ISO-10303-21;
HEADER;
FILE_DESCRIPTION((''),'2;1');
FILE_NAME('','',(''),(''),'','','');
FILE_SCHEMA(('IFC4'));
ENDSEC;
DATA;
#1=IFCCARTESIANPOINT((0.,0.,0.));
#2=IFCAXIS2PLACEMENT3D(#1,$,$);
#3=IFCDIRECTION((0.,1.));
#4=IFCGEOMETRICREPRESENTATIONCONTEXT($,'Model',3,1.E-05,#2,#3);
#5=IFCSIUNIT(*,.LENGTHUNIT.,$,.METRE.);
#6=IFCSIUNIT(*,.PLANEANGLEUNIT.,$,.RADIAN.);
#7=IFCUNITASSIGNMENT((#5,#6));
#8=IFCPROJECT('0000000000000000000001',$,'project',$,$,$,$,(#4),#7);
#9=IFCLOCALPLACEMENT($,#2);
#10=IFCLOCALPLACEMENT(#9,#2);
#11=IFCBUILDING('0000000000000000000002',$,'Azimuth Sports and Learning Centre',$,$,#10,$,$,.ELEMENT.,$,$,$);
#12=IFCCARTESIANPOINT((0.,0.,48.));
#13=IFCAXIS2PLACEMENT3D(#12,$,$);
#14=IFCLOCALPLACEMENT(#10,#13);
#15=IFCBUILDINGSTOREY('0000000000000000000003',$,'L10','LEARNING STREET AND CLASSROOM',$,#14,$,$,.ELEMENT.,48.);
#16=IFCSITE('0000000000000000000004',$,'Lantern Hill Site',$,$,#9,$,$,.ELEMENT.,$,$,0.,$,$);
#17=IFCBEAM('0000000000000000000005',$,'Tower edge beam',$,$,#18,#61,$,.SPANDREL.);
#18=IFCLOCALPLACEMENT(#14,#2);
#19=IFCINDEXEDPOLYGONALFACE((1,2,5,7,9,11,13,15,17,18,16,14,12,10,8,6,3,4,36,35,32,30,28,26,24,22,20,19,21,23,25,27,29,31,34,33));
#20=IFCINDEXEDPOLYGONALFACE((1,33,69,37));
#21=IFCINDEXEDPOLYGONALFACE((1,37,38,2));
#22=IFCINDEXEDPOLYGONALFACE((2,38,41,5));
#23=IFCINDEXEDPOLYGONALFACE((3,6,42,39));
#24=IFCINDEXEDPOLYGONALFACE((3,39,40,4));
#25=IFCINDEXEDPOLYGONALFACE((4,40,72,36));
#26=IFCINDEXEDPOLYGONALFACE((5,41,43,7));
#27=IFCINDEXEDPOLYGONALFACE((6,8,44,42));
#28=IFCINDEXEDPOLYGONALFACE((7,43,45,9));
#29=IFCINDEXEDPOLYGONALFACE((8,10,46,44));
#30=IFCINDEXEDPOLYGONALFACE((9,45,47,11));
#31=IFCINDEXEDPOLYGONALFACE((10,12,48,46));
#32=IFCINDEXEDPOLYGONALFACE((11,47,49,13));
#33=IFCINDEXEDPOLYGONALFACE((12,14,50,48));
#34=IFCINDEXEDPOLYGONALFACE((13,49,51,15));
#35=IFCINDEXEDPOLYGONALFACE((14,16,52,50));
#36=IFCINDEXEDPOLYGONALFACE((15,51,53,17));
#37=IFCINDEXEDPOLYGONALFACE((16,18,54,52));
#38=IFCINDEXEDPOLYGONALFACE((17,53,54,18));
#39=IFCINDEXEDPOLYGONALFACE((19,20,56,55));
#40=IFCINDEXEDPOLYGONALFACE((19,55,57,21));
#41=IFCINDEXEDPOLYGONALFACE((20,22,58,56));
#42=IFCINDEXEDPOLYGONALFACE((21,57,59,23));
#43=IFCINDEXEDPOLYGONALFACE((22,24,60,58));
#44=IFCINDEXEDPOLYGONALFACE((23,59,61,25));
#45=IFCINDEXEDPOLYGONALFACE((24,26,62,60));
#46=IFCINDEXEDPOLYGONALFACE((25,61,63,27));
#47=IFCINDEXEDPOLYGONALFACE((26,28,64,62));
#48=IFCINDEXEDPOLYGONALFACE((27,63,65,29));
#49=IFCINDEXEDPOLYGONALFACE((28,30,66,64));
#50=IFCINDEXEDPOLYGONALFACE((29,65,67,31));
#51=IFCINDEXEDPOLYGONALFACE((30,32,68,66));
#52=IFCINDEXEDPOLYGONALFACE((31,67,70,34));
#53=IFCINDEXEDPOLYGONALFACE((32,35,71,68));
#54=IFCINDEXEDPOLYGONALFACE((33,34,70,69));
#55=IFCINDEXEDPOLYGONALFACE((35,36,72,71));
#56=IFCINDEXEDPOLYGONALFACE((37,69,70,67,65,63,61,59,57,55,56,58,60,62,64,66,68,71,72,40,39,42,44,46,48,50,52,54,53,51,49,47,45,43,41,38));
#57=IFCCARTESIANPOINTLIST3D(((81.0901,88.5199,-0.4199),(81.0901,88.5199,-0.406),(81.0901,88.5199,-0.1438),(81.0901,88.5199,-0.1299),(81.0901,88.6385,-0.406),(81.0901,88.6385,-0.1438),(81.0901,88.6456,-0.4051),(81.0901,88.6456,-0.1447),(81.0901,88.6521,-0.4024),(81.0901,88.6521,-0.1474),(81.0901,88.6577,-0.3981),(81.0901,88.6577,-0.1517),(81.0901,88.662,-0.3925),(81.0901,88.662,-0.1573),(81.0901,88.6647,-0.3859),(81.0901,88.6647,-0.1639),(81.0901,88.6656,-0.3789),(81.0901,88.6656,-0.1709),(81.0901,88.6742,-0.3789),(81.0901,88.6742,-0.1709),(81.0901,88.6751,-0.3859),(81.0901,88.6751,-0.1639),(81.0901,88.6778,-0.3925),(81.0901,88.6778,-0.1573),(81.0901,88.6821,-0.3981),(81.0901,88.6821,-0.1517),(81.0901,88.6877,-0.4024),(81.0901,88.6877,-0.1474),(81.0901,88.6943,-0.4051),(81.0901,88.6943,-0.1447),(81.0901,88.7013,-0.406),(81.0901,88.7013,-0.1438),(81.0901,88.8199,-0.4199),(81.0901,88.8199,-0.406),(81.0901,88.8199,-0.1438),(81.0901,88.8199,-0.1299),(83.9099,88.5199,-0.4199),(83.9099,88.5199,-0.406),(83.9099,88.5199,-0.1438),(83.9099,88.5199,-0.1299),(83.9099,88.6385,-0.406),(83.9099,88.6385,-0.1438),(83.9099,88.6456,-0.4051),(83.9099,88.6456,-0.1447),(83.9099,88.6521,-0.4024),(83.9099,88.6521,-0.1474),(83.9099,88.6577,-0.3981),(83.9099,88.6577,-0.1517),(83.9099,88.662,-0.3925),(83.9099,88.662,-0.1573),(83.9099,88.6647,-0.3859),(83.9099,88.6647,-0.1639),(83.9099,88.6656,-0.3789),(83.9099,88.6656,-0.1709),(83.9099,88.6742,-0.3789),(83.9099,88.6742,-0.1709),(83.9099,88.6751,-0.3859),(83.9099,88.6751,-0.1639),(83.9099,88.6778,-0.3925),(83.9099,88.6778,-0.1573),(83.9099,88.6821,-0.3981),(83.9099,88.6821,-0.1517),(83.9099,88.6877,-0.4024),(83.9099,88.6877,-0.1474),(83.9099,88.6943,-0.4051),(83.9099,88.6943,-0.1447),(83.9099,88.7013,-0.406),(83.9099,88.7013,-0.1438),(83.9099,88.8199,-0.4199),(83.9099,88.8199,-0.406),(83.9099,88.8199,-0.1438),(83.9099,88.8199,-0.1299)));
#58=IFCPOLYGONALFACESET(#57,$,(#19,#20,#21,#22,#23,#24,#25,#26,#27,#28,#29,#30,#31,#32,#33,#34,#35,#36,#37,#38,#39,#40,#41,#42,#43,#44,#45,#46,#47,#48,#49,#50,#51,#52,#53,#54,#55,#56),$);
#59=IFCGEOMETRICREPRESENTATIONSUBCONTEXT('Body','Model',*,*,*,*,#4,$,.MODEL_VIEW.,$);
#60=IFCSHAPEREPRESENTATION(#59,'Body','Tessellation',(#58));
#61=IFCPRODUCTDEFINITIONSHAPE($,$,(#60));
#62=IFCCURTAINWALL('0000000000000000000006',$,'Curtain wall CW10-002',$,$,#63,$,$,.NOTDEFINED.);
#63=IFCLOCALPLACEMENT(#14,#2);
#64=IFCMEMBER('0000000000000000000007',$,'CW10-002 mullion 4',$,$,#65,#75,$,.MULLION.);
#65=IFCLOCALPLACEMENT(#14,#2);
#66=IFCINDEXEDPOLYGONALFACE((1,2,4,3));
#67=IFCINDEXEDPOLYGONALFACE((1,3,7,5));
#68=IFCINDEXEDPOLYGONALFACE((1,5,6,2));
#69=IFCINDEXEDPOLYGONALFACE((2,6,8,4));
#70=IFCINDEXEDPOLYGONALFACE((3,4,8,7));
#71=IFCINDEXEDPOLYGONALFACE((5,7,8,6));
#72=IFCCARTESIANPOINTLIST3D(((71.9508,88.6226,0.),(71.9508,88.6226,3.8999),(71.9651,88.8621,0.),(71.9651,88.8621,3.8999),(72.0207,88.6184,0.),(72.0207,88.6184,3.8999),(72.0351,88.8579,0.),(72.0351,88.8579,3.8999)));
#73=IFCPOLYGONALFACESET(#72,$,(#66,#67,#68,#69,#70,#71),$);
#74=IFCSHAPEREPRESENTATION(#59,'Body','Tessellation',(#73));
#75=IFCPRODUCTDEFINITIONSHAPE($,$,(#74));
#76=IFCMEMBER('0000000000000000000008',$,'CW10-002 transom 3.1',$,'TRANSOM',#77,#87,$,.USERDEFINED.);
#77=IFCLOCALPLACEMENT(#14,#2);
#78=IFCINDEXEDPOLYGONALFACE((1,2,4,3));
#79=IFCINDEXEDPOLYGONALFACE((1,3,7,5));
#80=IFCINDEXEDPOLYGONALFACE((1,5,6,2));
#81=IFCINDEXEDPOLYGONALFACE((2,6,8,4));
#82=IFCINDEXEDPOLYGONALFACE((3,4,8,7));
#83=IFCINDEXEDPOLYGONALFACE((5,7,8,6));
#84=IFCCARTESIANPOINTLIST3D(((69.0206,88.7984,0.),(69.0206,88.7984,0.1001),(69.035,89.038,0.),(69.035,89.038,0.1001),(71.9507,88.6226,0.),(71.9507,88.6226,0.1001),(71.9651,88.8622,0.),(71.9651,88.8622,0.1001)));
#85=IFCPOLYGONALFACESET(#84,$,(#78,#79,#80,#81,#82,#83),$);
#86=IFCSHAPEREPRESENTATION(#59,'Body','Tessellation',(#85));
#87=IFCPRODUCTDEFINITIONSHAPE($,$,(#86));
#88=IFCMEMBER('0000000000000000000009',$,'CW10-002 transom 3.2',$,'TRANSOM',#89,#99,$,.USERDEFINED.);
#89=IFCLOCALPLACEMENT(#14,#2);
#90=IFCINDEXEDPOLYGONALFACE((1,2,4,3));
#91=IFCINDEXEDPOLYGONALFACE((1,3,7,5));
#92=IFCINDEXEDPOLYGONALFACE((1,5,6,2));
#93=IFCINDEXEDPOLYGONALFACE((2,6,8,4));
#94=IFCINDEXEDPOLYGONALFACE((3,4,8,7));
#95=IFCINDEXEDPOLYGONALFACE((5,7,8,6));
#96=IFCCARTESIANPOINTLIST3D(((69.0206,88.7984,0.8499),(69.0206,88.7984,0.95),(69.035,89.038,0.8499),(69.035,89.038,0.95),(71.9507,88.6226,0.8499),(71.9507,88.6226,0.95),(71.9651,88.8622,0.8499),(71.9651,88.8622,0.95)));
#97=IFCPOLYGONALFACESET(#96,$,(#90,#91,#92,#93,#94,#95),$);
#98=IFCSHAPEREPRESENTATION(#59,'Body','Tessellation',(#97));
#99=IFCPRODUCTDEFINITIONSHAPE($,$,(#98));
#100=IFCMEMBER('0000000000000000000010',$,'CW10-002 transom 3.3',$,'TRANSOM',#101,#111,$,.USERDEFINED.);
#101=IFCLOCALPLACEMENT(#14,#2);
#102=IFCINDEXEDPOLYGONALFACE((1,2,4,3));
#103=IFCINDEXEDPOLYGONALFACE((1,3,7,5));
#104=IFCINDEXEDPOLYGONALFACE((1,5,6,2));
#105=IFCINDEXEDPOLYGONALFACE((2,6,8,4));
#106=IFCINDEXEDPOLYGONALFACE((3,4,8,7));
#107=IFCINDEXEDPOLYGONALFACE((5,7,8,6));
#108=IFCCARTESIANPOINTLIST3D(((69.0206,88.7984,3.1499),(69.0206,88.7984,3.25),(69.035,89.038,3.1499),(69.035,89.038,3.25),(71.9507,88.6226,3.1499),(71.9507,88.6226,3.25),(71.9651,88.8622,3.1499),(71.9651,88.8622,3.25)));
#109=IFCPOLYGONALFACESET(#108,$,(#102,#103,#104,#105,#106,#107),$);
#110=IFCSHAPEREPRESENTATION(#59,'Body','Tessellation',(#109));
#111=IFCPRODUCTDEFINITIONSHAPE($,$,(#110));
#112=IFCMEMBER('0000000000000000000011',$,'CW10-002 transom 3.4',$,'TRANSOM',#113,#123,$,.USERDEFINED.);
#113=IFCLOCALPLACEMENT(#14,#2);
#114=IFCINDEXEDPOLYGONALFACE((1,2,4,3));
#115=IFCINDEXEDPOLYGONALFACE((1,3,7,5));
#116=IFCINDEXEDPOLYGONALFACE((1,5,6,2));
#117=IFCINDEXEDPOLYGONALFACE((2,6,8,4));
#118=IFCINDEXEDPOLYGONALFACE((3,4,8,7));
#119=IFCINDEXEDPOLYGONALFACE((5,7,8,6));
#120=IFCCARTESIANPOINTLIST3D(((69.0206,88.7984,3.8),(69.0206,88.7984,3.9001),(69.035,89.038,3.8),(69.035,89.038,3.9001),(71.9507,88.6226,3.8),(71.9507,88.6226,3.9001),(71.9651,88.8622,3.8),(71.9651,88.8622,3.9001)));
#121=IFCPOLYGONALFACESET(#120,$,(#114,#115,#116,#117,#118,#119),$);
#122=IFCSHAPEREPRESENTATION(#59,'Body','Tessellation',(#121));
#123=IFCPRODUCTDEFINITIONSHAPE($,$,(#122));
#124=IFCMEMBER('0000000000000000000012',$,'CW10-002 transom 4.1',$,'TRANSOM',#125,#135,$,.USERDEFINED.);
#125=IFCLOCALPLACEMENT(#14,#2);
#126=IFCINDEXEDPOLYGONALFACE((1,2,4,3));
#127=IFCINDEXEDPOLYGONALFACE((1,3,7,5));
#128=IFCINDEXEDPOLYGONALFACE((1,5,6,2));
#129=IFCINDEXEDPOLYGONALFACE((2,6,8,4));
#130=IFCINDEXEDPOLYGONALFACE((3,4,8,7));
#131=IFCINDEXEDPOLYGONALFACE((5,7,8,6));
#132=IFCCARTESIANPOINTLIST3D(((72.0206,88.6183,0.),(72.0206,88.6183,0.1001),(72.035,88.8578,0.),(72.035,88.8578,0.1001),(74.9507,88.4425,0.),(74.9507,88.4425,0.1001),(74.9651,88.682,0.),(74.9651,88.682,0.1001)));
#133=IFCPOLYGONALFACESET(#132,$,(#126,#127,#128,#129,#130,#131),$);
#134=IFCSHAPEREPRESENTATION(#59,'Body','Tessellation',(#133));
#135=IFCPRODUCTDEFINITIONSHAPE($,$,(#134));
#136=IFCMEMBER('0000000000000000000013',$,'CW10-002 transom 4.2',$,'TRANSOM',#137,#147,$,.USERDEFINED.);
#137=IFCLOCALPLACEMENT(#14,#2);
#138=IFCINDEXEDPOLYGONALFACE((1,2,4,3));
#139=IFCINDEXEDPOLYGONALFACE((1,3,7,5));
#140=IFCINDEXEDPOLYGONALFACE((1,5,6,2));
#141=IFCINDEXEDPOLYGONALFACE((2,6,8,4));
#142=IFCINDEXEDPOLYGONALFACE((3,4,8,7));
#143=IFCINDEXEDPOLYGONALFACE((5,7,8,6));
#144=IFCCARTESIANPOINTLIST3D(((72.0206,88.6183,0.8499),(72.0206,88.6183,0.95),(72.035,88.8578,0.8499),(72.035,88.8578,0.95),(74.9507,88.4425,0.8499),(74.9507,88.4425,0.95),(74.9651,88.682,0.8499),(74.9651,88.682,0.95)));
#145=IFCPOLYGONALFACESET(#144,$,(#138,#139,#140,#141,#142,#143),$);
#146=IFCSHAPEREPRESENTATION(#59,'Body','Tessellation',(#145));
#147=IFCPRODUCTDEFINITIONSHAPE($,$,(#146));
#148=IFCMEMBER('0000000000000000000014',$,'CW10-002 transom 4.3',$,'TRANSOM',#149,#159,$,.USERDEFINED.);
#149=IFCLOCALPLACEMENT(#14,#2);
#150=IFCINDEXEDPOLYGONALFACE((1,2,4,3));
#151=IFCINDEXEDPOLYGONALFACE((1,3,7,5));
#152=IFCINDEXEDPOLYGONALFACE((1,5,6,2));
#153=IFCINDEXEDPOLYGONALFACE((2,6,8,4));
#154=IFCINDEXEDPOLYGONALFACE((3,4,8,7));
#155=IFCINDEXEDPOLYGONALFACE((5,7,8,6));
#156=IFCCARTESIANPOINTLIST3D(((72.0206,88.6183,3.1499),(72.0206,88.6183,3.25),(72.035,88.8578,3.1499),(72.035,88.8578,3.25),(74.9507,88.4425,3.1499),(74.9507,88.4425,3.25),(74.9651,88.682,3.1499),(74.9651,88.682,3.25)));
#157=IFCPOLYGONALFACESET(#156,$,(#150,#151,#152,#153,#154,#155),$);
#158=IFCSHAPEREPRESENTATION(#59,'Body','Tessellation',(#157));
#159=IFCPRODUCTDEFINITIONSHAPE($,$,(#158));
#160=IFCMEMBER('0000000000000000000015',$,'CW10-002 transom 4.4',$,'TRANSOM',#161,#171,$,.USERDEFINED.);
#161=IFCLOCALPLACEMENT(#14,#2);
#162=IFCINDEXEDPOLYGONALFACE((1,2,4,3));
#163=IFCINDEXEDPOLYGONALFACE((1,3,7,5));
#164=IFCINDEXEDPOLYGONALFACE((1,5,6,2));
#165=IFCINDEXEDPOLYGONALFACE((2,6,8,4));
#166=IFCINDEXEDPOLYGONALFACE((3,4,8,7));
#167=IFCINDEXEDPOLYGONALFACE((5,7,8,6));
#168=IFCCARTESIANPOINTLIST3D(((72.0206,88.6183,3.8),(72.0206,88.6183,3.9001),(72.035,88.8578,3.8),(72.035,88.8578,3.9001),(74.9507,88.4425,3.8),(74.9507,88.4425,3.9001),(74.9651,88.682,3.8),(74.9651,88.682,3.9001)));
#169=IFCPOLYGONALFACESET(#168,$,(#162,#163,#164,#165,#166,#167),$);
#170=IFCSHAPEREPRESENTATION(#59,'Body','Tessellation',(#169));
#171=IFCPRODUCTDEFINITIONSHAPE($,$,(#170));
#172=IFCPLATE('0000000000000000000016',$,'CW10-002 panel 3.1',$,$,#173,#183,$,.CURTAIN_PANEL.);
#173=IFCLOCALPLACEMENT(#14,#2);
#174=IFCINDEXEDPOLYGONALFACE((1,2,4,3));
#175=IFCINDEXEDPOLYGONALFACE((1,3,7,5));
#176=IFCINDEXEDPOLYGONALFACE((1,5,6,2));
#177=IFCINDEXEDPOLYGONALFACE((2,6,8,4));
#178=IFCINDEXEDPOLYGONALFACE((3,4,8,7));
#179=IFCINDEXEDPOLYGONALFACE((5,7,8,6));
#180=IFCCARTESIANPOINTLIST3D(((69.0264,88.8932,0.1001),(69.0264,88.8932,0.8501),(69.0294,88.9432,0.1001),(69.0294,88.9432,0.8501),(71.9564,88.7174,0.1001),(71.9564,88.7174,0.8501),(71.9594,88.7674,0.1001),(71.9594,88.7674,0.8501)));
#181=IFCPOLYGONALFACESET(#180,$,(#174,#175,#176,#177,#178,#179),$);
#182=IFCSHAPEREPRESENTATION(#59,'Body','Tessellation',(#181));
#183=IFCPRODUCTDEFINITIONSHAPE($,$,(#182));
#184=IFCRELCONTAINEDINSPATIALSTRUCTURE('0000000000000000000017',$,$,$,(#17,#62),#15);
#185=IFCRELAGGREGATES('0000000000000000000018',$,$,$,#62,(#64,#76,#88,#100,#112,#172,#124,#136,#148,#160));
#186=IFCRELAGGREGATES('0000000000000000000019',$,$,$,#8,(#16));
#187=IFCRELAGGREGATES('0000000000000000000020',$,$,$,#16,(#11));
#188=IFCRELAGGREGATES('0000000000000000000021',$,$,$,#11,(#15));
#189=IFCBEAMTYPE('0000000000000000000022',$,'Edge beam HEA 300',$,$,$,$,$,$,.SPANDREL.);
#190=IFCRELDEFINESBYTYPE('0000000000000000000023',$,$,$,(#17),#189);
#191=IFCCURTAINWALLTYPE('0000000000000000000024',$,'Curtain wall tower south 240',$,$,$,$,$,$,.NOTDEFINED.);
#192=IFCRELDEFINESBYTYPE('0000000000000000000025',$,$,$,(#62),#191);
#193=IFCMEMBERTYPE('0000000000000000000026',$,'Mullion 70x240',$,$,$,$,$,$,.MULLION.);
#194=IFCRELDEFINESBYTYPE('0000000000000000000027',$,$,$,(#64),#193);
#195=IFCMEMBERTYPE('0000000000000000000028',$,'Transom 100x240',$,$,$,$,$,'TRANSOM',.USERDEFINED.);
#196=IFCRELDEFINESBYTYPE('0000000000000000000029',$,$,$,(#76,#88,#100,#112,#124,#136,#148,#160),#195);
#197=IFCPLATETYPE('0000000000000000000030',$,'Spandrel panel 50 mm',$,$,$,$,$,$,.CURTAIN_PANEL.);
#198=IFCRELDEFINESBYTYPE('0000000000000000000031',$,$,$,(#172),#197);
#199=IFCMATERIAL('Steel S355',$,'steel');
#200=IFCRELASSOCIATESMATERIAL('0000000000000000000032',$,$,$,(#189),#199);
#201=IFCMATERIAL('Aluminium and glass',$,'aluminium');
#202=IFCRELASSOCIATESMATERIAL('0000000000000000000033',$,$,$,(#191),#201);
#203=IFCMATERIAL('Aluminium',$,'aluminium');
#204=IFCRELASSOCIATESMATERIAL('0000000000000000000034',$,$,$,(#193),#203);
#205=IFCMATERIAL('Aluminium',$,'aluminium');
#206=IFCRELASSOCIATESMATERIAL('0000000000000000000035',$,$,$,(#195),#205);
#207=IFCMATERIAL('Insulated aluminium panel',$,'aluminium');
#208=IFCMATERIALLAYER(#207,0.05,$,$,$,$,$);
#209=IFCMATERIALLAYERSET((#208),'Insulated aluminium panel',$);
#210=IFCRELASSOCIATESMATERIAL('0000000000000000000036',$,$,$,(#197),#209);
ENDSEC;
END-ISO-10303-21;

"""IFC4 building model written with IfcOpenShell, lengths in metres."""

from ifc_helpers import new_model, si_unit, direction, frame, origin, origin_2d, place, context, subcontext, project, spatial, rectangle, i_section, extrude, material, layer, layer_set, material_profile, profile_set, type_object, element, aggregate, save


model = new_model("IFC4")

# Units and contexts
model_context = context("Model", 3, precision=1e-05, world=origin(), true_north=direction((0.0, 1.0)))
body_context = subcontext(model_context, "Body", "Model", "MODEL_VIEW")
ifc_project = project(units=[si_unit("LENGTHUNIT", "METRE"), si_unit("PLANEANGLEUNIT", "RADIAN")], contexts=[model_context])

# Site, building, storey
site_placement = place(None, origin())
site = spatial("IfcSite", under=ifc_project, at=site_placement, Name="Lantern Hill Site", CompositionType="ELEMENT", RefElevation=0.0)
building_placement = place(site_placement, origin())
building = spatial("IfcBuilding", under=site, at=building_placement, Name="Azimuth Sports and Learning Centre", CompositionType="ELEMENT")
storey_placement = place(building_placement, frame((0.0, 0.0, 48.0)))
storey = spatial("IfcBuildingStorey", under=building, at=storey_placement, Name="L10", Description="LEARNING STREET AND CLASSROOM", CompositionType="ELEMENT", Elevation=48.0)

# Beam
ifc_material_1 = material(Name="Steel S355", Category="steel")
ifc_material_profile_1 = material_profile(ifc_material_1, i_section(OverallWidth=0.3, OverallDepth=0.29, WebThickness=0.0085, FlangeThickness=0.0139, FilletRadius=0.0271, at=origin_2d()), Name="HEA 300")
ifc_profile_set_1 = profile_set([ifc_material_profile_1], Name="Steel S355")
beam_type = type_object("IfcBeamType", Name="Edge beam HEA 300", PredefinedType="SPANDREL", material=ifc_profile_set_1)
for number, where, z_axis, x_axis, name in (
    (1, (81.0901, 88.6699, -0.2749), (1.0, 0.0, 0.0), (0.0, 1.0, 0.0), "Tower edge beam"),
):
    element("IfcBeam", number, at=place(storey_placement, frame(where, z_axis=z_axis, x_axis=x_axis)), inside=storey, type_object=beam_type, Name=name, PredefinedType="SPANDREL", context=body_context, shape_type="SweptSolid", body=[
        extrude(i_section(OverallWidth=0.3, OverallDepth=0.29, WebThickness=0.0085, FlangeThickness=0.0139, FilletRadius=0.0271, at=origin_2d()), origin(), (0.0, 0.0, 1.0), 2.8198),
    ])

# Curtain wall, members, plate
ifc_material_2 = material(Name="Aluminium and glass", Category="aluminium")
curtain_wall_type = type_object("IfcCurtainWallType", Name="Curtain wall tower south 240", PredefinedType="NOTDEFINED", material=ifc_material_2)
curtain_wall_placement = place(storey_placement, origin())
curtain_wall = element("IfcCurtainWall", 2, at=curtain_wall_placement, inside=storey, type_object=curtain_wall_type, Name="Curtain wall CW10-002", PredefinedType="NOTDEFINED")
ifc_material_3 = material(Name="Aluminium", Category="aluminium")
ifc_material_profile_2 = material_profile(ifc_material_3, rectangle(XDim=0.24, YDim=0.0701, at=origin_2d()), Name="Mullion 70x240")
ifc_profile_set_2 = profile_set([ifc_material_profile_2], Name="Aluminium")
member_type_1 = type_object("IfcMemberType", Name="Mullion 70x240", PredefinedType="MULLION", material=ifc_profile_set_2)
member_1_placement = place(storey_placement, frame((71.9929, 88.7402, 0.0), z_axis=(0.0, 0.0, 1.0), x_axis=(0.059892, 0.998205, 0.0)))
member_1 = element("IfcMember", 3, at=member_1_placement, type_object=member_type_1, Name="CW10-002 mullion 4", PredefinedType="MULLION", context=body_context, shape_type="SweptSolid", body=[
    extrude(rectangle(XDim=0.24, YDim=0.0701, at=origin_2d()), origin(), (0.0, 0.0, 1.0), 3.8999),
])
ifc_material_4 = material(Name="Aluminium", Category="aluminium")
ifc_material_profile_3 = material_profile(ifc_material_4, rectangle(XDim=0.24, YDim=0.1001, at=origin_2d()), Name="Transom 100x240")
ifc_profile_set_3 = profile_set([ifc_material_profile_3], Name="Aluminium")
member_type_2 = type_object("IfcMemberType", Name="Transom 100x240", ElementType="TRANSOM", PredefinedType="USERDEFINED", material=ifc_profile_set_3)
member_2_placement = place(storey_placement, frame((69.0278, 88.9182, 0.05), z_axis=(0.998205, -0.059887, 0.0), x_axis=(0.059887, 0.998205, 0.0)))
member_2 = element("IfcMember", 4, at=member_2_placement, type_object=member_type_2, Name="CW10-002 transom 3.1", ObjectType="TRANSOM", PredefinedType="USERDEFINED", context=body_context, shape_type="SweptSolid", body=[
    extrude(rectangle(XDim=0.24, YDim=0.1001, at=origin_2d()), origin(), (0.0, 0.0, 1.0), 2.9353),
])
member_3_placement = place(storey_placement, frame((69.0278, 88.9182, 0.8999), z_axis=(0.998205, -0.059887, 0.0), x_axis=(0.059887, 0.998205, 0.0)))
member_3 = element("IfcMember", 5, at=member_3_placement, type_object=member_type_2, Name="CW10-002 transom 3.2", ObjectType="TRANSOM", PredefinedType="USERDEFINED", context=body_context, shape_type="SweptSolid", body=[
    extrude(rectangle(XDim=0.24, YDim=0.1001, at=origin_2d()), origin(), (0.0, 0.0, 1.0), 2.9353),
])
member_4_placement = place(storey_placement, frame((69.0278, 88.9182, 3.2), z_axis=(0.998205, -0.059887, 0.0), x_axis=(0.059887, 0.998205, 0.0)))
member_4 = element("IfcMember", 6, at=member_4_placement, type_object=member_type_2, Name="CW10-002 transom 3.3", ObjectType="TRANSOM", PredefinedType="USERDEFINED", context=body_context, shape_type="SweptSolid", body=[
    extrude(rectangle(XDim=0.24, YDim=0.1001, at=origin_2d()), origin(), (0.0, 0.0, 1.0), 2.9353),
])
member_5_placement = place(storey_placement, frame((69.0278, 88.9182, 3.8501), z_axis=(0.998205, -0.059887, 0.0), x_axis=(0.059887, 0.998205, 0.0)))
member_5 = element("IfcMember", 7, at=member_5_placement, type_object=member_type_2, Name="CW10-002 transom 3.4", ObjectType="TRANSOM", PredefinedType="USERDEFINED", context=body_context, shape_type="SweptSolid", body=[
    extrude(rectangle(XDim=0.24, YDim=0.1001, at=origin_2d()), origin(), (0.0, 0.0, 1.0), 2.9353),
])
member_6_placement = place(storey_placement, frame((72.0278, 88.738, 0.05), z_axis=(0.998205, -0.059887, 0.0), x_axis=(0.059887, 0.998205, 0.0)))
member_6 = element("IfcMember", 8, at=member_6_placement, type_object=member_type_2, Name="CW10-002 transom 4.1", ObjectType="TRANSOM", PredefinedType="USERDEFINED", context=body_context, shape_type="SweptSolid", body=[
    extrude(rectangle(XDim=0.24, YDim=0.1001, at=origin_2d()), origin(), (0.0, 0.0, 1.0), 2.9353),
])
member_7_placement = place(storey_placement, frame((72.0278, 88.738, 0.8999), z_axis=(0.998205, -0.059887, 0.0), x_axis=(0.059887, 0.998205, 0.0)))
member_7 = element("IfcMember", 9, at=member_7_placement, type_object=member_type_2, Name="CW10-002 transom 4.2", ObjectType="TRANSOM", PredefinedType="USERDEFINED", context=body_context, shape_type="SweptSolid", body=[
    extrude(rectangle(XDim=0.24, YDim=0.1001, at=origin_2d()), origin(), (0.0, 0.0, 1.0), 2.9353),
])
member_8_placement = place(storey_placement, frame((72.0278, 88.738, 3.2), z_axis=(0.998205, -0.059887, 0.0), x_axis=(0.059887, 0.998205, 0.0)))
member_8 = element("IfcMember", 10, at=member_8_placement, type_object=member_type_2, Name="CW10-002 transom 4.3", ObjectType="TRANSOM", PredefinedType="USERDEFINED", context=body_context, shape_type="SweptSolid", body=[
    extrude(rectangle(XDim=0.24, YDim=0.1001, at=origin_2d()), origin(), (0.0, 0.0, 1.0), 2.9353),
])
member_9_placement = place(storey_placement, frame((72.0278, 88.738, 3.8501), z_axis=(0.998205, -0.059887, 0.0), x_axis=(0.059887, 0.998205, 0.0)))
member_9 = element("IfcMember", 11, at=member_9_placement, type_object=member_type_2, Name="CW10-002 transom 4.4", ObjectType="TRANSOM", PredefinedType="USERDEFINED", context=body_context, shape_type="SweptSolid", body=[
    extrude(rectangle(XDim=0.24, YDim=0.1001, at=origin_2d()), origin(), (0.0, 0.0, 1.0), 2.9353),
])
ifc_material_5 = material(Name="Insulated aluminium panel", Category="aluminium")
ifc_layer_1 = layer(ifc_material_5, 0.05)
ifc_layer_set_1 = layer_set([ifc_layer_1], Name="Insulated aluminium panel")
plate_type_1 = type_object("IfcPlateType", Name="Spandrel panel 50 mm", PredefinedType="CURTAIN_PANEL", material=ifc_layer_set_1)
plate_1_placement = place(storey_placement, frame((70.4929, 88.8303, 0.1001), z_axis=(0.0, 0.0, 1.0), x_axis=(0.998205, -0.059892, 0.0)))
plate_1 = element("IfcPlate", 12, at=plate_1_placement, type_object=plate_type_1, Name="CW10-002 panel 3.1", PredefinedType="CURTAIN_PANEL", context=body_context, shape_type="SweptSolid", body=[
    extrude(rectangle(XDim=2.9353, YDim=0.05, at=origin_2d()), origin(), (0.0, 0.0, 1.0), 0.75),
])
aggregate(curtain_wall, [member_1, member_2, member_3, member_4, member_5, plate_1, member_6, member_7, member_8, member_9])

save(model, "model.ifc")
